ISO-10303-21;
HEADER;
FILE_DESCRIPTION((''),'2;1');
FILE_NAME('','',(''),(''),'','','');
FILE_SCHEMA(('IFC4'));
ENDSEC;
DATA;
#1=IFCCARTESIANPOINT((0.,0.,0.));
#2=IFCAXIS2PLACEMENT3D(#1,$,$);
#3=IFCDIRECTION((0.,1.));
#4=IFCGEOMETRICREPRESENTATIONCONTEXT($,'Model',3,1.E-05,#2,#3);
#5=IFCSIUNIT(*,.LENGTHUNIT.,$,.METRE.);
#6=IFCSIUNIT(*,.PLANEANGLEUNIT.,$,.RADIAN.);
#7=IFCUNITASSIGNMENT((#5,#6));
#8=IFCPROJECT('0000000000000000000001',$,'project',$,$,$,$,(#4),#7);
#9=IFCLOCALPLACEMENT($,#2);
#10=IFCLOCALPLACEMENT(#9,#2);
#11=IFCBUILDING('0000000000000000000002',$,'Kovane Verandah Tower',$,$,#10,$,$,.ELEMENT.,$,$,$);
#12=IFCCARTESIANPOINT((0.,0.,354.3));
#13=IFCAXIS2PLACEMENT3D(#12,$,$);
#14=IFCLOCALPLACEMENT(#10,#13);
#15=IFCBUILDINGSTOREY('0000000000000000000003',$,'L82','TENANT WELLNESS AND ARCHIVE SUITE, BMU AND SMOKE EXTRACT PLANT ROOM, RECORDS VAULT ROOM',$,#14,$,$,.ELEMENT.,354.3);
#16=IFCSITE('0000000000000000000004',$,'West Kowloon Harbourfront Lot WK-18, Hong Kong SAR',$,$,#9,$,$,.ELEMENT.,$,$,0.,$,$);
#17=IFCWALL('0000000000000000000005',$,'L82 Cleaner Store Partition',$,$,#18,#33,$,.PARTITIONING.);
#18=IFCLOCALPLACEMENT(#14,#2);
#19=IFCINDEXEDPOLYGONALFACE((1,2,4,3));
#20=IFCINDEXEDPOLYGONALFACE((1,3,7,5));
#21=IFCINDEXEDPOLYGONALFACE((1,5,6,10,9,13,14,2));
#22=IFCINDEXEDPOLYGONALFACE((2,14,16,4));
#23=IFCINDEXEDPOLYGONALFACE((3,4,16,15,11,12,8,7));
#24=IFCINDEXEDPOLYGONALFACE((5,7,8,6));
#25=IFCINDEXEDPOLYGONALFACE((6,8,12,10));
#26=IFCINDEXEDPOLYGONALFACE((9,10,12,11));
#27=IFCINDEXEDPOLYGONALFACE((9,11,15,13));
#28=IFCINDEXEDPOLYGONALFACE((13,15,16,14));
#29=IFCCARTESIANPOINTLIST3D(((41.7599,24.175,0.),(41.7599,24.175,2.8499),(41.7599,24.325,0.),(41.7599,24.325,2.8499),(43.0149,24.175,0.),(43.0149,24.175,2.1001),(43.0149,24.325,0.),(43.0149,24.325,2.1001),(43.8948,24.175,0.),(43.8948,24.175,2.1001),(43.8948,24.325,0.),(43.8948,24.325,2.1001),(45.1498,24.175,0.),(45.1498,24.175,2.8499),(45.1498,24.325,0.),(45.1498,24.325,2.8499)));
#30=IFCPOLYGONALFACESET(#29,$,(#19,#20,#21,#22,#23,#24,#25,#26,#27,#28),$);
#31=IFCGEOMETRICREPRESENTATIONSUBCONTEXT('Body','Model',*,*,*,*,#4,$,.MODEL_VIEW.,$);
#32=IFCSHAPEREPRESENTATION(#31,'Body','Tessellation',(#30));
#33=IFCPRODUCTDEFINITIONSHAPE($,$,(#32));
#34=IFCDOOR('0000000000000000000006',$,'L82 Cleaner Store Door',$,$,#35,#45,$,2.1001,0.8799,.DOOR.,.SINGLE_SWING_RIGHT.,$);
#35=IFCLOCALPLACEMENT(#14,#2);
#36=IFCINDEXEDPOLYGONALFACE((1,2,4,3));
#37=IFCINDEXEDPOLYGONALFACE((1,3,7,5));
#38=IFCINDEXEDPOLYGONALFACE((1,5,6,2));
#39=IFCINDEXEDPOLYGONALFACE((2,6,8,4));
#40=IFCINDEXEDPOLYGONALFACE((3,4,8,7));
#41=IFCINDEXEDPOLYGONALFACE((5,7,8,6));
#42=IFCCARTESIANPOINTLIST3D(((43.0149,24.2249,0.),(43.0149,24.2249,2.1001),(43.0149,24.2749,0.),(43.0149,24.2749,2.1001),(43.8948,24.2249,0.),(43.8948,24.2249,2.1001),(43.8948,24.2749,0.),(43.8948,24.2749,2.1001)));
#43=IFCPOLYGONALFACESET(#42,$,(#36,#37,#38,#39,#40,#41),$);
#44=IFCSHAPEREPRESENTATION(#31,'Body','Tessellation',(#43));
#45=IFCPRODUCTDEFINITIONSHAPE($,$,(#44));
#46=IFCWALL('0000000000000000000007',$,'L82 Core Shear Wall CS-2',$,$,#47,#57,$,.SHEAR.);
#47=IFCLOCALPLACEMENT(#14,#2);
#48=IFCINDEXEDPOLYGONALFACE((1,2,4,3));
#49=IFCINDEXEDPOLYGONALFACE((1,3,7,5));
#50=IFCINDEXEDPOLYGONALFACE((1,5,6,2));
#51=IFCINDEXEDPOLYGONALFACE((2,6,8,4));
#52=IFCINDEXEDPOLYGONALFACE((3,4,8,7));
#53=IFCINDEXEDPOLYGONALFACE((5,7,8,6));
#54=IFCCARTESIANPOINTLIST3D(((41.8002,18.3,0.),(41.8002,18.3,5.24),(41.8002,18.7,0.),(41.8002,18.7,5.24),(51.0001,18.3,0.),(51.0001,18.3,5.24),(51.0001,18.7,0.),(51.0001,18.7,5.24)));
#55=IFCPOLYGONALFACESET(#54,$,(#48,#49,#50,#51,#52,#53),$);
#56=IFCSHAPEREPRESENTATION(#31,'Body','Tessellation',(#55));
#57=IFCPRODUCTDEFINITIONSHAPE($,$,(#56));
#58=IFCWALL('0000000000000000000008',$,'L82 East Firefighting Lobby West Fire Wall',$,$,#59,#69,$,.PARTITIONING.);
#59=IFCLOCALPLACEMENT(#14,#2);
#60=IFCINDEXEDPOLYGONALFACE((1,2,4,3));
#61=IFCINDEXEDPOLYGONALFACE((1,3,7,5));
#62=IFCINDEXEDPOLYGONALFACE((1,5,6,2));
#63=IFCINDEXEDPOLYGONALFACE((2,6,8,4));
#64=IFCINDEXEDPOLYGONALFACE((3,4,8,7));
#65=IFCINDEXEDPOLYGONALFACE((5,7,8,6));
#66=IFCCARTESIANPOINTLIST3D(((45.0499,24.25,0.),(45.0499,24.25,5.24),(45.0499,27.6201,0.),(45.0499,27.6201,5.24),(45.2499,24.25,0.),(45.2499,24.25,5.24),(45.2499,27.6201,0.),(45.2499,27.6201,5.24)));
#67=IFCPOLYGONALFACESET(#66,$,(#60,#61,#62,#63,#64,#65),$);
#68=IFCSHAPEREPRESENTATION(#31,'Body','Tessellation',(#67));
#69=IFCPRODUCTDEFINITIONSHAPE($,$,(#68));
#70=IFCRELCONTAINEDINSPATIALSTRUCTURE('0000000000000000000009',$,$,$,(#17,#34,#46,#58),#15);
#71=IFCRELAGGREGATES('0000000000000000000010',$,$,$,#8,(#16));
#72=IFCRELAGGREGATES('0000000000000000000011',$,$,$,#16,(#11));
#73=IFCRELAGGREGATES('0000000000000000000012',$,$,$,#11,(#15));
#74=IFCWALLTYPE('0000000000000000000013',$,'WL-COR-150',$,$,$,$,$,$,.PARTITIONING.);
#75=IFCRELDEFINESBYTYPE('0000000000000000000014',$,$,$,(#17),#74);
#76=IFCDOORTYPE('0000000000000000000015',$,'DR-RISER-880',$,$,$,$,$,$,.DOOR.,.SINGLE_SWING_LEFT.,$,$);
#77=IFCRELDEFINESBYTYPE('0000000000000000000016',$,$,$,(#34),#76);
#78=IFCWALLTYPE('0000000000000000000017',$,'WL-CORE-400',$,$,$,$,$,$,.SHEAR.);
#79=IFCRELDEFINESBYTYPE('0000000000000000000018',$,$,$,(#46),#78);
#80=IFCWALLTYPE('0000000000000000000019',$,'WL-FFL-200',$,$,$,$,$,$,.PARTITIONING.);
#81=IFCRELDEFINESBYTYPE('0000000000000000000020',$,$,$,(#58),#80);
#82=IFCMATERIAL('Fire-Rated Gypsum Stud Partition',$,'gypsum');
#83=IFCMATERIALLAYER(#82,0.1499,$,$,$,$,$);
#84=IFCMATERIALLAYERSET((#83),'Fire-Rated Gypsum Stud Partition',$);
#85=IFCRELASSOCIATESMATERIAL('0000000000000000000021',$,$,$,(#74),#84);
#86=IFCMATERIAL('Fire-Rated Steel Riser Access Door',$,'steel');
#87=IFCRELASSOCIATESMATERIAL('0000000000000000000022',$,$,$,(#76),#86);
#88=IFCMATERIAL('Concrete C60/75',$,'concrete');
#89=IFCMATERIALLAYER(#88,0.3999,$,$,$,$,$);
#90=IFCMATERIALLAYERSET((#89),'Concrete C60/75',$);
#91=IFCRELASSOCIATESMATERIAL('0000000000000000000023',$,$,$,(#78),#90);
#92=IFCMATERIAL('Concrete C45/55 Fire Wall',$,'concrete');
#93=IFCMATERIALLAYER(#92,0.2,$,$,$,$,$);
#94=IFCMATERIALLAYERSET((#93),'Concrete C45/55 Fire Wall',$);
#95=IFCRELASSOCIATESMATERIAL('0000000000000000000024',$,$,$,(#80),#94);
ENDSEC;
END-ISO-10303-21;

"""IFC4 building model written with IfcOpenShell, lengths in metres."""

from ifc_helpers import new_model, si_unit, direction, frame, frame_2d, origin, place, context, subcontext, project, spatial, rectangle, extrude, material, layer, layer_set, type_object, element, fill, save


model = new_model("IFC4")

# Units and contexts
model_context = context("Model", 3, precision=1e-05, world=origin(), true_north=direction((0.0, 1.0)))
body_context = subcontext(model_context, "Body", "Model", "MODEL_VIEW")
ifc_project = project(units=[si_unit("LENGTHUNIT", "METRE"), si_unit("PLANEANGLEUNIT", "RADIAN")], contexts=[model_context])

# Site, building, storey
site_placement = place(None, origin())
site = spatial("IfcSite", under=ifc_project, at=site_placement, Name="West Kowloon Harbourfront Lot WK-18, Hong Kong SAR", CompositionType="ELEMENT", RefElevation=0.0)
building_placement = place(site_placement, origin())
building = spatial("IfcBuilding", under=site, at=building_placement, Name="Kovane Verandah Tower", CompositionType="ELEMENT")
storey_placement = place(building_placement, frame((0.0, 0.0, 354.3)))
storey = spatial("IfcBuildingStorey", under=building, at=storey_placement, Name="L82", Description="TENANT WELLNESS AND ARCHIVE SUITE, BMU AND SMOKE EXTRACT PLANT ROOM, RECORDS VAULT ROOM", CompositionType="ELEMENT", Elevation=354.3)

# Shared definitions
ifc_material_1 = material(Name="Fire-Rated Gypsum Stud Partition", Category="gypsum")
ifc_layer_1 = layer(ifc_material_1, 0.1499)
ifc_layer_set_1 = layer_set([ifc_layer_1], Name="Fire-Rated Gypsum Stud Partition")
wall_type_1 = type_object("IfcWallType", Name="WL-COR-150", PredefinedType="PARTITIONING", material=ifc_layer_set_1)

# Wall, opening, door
ifc_material_2 = material(Name="Fire-Rated Steel Riser Access Door", Category="steel")
door_type_1 = type_object("IfcDoorType", Name="DR-RISER-880", OperationType="SINGLE_SWING_LEFT", PredefinedType="DOOR", material=ifc_material_2)
wall_1_placement = place(storey_placement, frame((41.76, 24.25, 0.0), z_axis=(0.0, 0.0, 1.0), x_axis=(1.0, 0.0, 0.0)))
wall_1 = element("IfcWall", 1, at=wall_1_placement, inside=storey, type_object=wall_type_1, Name="L82 Cleaner Store Partition", PredefinedType="PARTITIONING", context=body_context, shape_type="SweptSolid", body=[
    extrude(rectangle(XDim=3.3899, YDim=0.1499, at=frame_2d((1.6948, 0.0))), origin(), (0.0, 0.0, 1.0), 2.8499),
])
opening_1_placement = place(wall_1_placement, frame((1.2549, 0.0, 0.0)))
opening_1 = element("IfcOpeningElement", 2, at=opening_1_placement, cuts=wall_1, PredefinedType="OPENING", context=body_context, shape_type="SweptSolid", body=[
    extrude(rectangle(XDim=0.8799, YDim=2.1001, at=frame_2d((0.4399, 1.05))), frame((0.0, 0.075, 0.0), z_axis=(0.0, -1.0, 0.0), x_axis=(1.0, 0.0, 0.0)), (0.0, 0.0, 1.0), 0.1499),
])
door_1_placement = place(opening_1_placement, origin())
door_1 = element("IfcDoor", 3, at=door_1_placement, inside=storey, type_object=door_type_1, Name="L82 Cleaner Store Door", OperationType="SINGLE_SWING_RIGHT", OverallHeight=2.1001, OverallWidth=0.8799, PredefinedType="DOOR", context=body_context, shape_type="SweptSolid", body=[
    extrude(rectangle(XDim=0.8799, YDim=2.1001, at=frame_2d((0.4399, 1.05))), frame((0.0, 0.0249, 0.0), z_axis=(0.0, -1.0, 0.0), x_axis=(1.0, 0.0, 0.0)), (0.0, 0.0, 1.0), 0.05),
])
fill(opening_1, door_1)

# Walls
ifc_material_3 = material(Name="Concrete C60/75", Category="concrete")
ifc_layer_2 = layer(ifc_material_3, 0.3999)
ifc_layer_set_2 = layer_set([ifc_layer_2], Name="Concrete C60/75")
wall_type_2 = type_object("IfcWallType", Name="WL-CORE-400", PredefinedType="SHEAR", material=ifc_layer_set_2)
wall_2_placement = place(storey_placement, frame((41.8, 18.5, 0.0), z_axis=(0.0, 0.0, 1.0), x_axis=(1.0, 0.0, 0.0)))
element("IfcWall", 4, at=wall_2_placement, inside=storey, type_object=wall_type_2, Name="L82 Core Shear Wall CS-2", PredefinedType="SHEAR", context=body_context, shape_type="SweptSolid", body=[
    extrude(rectangle(XDim=9.2, YDim=0.3999, at=frame_2d((4.6001, 0.0))), origin(), (0.0, 0.0, 1.0), 5.24),
])
ifc_material_4 = material(Name="Concrete C45/55 Fire Wall", Category="concrete")
ifc_layer_3 = layer(ifc_material_4, 0.2)
ifc_layer_set_3 = layer_set([ifc_layer_3], Name="Concrete C45/55 Fire Wall")
wall_type_3 = type_object("IfcWallType", Name="WL-FFL-200", PredefinedType="PARTITIONING", material=ifc_layer_set_3)
wall_3_placement = place(storey_placement, frame((45.1499, 24.25, 0.0), z_axis=(0.0, 0.0, 1.0), x_axis=(0.0, 1.0, 0.0)))
element("IfcWall", 5, at=wall_3_placement, inside=storey, type_object=wall_type_3, Name="L82 East Firefighting Lobby West Fire Wall", PredefinedType="PARTITIONING", context=body_context, shape_type="SweptSolid", body=[
    extrude(rectangle(XDim=3.3701, YDim=0.2, at=frame_2d((1.6851, 0.0))), origin(), (0.0, 0.0, 1.0), 5.24),
])

save(model, "model.ifc")
